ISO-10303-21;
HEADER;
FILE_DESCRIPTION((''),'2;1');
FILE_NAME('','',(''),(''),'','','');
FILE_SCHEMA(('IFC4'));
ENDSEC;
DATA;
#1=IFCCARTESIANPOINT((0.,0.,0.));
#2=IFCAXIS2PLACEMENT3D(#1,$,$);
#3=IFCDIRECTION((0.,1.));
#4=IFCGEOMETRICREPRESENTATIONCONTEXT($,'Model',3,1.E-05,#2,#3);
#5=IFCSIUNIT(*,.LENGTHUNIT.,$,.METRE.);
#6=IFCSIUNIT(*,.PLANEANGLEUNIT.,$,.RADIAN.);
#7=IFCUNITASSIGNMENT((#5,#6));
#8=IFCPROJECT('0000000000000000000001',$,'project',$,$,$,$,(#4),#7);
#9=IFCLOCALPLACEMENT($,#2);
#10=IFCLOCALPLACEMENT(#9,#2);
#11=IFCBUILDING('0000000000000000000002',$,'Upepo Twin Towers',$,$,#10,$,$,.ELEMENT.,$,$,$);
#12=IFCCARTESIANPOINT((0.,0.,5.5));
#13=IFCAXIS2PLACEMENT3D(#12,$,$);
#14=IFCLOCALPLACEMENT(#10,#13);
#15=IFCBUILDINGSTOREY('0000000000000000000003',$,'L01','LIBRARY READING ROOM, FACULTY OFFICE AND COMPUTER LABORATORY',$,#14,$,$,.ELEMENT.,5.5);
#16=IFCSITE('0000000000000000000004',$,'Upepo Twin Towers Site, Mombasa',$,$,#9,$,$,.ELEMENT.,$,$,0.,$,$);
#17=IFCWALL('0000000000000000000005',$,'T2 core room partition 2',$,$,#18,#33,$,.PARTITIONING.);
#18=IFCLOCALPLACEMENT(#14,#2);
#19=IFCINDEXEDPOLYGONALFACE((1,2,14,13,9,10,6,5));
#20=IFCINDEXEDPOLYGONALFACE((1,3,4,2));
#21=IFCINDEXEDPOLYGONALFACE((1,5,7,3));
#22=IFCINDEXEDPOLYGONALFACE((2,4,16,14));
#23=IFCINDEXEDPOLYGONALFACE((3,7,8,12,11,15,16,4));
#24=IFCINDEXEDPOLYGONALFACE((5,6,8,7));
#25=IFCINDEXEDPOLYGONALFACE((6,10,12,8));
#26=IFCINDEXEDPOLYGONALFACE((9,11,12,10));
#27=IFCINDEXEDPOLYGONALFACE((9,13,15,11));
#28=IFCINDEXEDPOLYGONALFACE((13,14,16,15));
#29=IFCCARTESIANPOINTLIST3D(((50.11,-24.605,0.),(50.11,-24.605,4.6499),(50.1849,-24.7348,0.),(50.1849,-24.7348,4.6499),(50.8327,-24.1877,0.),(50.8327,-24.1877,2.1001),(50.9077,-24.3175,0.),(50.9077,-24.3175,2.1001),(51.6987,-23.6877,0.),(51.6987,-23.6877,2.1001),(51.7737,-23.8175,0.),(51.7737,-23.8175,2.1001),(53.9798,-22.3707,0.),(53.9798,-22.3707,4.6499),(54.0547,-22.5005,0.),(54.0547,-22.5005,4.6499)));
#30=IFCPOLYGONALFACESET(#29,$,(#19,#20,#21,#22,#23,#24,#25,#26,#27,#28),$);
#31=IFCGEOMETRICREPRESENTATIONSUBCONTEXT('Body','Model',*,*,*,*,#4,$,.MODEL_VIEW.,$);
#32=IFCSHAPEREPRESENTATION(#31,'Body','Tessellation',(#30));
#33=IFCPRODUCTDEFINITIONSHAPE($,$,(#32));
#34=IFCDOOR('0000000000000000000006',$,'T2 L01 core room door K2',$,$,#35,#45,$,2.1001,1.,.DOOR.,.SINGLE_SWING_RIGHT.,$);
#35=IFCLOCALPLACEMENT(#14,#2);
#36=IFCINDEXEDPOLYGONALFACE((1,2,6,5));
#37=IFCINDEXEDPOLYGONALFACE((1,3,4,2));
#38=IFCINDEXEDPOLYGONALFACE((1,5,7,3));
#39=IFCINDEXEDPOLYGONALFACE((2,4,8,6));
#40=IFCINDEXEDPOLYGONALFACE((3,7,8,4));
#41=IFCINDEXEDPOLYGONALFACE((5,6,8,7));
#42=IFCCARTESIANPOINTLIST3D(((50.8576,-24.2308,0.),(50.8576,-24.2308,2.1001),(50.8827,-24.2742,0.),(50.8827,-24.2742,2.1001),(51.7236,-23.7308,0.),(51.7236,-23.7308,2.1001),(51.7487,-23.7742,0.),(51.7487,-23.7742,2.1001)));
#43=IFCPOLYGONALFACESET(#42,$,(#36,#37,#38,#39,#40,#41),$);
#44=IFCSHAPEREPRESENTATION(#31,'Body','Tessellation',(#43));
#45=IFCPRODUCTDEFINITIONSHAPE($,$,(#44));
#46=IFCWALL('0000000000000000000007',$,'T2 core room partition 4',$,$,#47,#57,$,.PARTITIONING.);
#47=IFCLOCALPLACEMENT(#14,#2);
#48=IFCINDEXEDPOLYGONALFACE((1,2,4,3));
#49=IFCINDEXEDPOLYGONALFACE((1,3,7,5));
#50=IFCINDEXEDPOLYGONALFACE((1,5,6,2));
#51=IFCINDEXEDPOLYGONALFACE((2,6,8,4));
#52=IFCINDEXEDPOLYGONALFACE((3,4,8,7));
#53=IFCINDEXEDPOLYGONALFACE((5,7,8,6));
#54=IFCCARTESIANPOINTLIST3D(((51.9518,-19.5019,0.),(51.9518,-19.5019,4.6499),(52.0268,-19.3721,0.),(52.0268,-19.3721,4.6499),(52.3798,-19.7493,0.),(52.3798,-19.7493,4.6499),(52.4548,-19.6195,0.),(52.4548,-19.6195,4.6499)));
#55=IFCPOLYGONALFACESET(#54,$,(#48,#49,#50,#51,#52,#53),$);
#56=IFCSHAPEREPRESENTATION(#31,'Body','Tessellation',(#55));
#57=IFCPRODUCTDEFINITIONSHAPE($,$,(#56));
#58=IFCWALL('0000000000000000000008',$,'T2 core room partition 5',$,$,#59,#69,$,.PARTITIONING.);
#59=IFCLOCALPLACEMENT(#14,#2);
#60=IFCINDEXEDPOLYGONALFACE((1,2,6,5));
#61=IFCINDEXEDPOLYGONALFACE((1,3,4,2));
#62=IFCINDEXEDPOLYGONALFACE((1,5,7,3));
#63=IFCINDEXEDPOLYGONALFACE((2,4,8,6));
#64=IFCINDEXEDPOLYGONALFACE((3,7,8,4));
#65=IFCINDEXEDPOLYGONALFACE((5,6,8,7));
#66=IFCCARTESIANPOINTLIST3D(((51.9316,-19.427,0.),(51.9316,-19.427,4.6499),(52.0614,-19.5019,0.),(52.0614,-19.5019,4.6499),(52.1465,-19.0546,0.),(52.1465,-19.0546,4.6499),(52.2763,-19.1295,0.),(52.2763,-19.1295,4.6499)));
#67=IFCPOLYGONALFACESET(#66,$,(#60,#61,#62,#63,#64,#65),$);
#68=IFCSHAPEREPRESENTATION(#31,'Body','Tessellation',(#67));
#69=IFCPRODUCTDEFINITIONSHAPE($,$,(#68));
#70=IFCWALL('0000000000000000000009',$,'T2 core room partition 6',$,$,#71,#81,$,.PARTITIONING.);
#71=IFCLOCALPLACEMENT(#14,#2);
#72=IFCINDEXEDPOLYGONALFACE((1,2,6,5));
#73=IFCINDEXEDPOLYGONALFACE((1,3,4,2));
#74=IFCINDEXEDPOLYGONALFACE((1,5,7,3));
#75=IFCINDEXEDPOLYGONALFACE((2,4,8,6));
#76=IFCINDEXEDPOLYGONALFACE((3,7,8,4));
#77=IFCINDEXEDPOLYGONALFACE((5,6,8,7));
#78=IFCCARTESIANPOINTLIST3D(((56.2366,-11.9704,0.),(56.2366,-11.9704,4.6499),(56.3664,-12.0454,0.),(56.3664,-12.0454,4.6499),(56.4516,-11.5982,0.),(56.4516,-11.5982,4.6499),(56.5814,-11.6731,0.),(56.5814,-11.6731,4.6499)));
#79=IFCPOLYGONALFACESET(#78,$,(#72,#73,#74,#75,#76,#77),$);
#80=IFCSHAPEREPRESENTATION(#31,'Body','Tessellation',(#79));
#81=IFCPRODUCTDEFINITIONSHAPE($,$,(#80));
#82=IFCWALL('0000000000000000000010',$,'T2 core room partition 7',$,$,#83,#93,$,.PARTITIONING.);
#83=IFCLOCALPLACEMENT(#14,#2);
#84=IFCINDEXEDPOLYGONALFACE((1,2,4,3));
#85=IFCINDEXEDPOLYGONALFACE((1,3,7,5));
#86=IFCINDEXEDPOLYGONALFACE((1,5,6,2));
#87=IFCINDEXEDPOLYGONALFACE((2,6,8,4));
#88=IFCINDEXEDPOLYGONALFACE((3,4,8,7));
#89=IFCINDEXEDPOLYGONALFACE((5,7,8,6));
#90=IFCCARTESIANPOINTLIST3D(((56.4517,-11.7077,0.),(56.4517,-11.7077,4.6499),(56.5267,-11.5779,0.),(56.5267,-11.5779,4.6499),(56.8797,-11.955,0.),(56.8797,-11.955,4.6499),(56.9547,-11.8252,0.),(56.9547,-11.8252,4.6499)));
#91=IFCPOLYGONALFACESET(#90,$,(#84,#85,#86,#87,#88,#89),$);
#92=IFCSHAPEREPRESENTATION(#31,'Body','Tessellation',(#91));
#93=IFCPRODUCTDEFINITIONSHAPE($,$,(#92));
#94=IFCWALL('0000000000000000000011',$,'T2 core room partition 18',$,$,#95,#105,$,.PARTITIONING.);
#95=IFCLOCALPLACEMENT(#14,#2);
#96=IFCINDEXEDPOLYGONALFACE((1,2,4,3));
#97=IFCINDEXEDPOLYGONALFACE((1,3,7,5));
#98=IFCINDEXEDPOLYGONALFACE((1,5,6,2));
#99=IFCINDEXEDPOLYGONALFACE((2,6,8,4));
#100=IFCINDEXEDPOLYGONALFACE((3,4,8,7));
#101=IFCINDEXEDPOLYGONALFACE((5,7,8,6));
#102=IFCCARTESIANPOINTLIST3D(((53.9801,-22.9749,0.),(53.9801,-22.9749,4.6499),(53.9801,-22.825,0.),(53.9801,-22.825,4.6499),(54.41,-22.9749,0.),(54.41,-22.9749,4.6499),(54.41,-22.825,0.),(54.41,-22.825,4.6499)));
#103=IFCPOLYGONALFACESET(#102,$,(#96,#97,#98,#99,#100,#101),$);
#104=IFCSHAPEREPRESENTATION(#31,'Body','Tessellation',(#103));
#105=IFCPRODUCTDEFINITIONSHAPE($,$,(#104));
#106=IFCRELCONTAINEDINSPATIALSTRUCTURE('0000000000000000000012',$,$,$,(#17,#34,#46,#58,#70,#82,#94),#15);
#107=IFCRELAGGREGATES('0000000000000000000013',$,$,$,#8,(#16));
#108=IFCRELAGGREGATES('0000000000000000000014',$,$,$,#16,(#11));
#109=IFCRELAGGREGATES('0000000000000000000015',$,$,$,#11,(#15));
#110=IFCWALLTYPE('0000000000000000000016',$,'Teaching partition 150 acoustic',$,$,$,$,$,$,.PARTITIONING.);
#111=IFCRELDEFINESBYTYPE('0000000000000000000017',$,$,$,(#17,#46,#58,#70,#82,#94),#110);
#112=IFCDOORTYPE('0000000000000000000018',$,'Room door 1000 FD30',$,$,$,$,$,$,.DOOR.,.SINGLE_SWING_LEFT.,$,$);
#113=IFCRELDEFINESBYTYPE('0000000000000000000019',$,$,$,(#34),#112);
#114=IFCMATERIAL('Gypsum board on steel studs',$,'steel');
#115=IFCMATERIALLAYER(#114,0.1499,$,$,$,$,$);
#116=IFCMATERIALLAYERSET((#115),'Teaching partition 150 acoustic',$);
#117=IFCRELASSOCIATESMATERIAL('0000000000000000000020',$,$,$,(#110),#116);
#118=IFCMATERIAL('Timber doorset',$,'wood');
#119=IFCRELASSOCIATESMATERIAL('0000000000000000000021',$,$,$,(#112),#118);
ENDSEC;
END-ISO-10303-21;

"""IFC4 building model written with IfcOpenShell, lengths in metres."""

from ifc_helpers import new_model, si_unit, direction, frame, frame_2d, origin, place, context, subcontext, project, spatial, rectangle, extrude, material, layer, layer_set, type_object, element, fill, save


model = new_model("IFC4")

# Units and contexts
model_context = context("Model", 3, precision=1e-05, world=origin(), true_north=direction((0.0, 1.0)))
body_context = subcontext(model_context, "Body", "Model", "MODEL_VIEW")
ifc_project = project(units=[si_unit("LENGTHUNIT", "METRE"), si_unit("PLANEANGLEUNIT", "RADIAN")], contexts=[model_context])

# Site, building, storey
site_placement = place(None, origin())
site = spatial("IfcSite", under=ifc_project, at=site_placement, Name="Upepo Twin Towers Site, Mombasa", CompositionType="ELEMENT", RefElevation=0.0)
building_placement = place(site_placement, origin())
building = spatial("IfcBuilding", under=site, at=building_placement, Name="Upepo Twin Towers", CompositionType="ELEMENT")
storey_placement = place(building_placement, frame((0.0, 0.0, 5.5)))
storey = spatial("IfcBuildingStorey", under=building, at=storey_placement, Name="L01", Description="LIBRARY READING ROOM, FACULTY OFFICE AND COMPUTER LABORATORY", CompositionType="ELEMENT", Elevation=5.5)

# Shared definitions
ifc_material_1 = material(Name="Gypsum board on steel studs", Category="steel")
ifc_layer_1 = layer(ifc_material_1, 0.1499)
ifc_layer_set_1 = layer_set([ifc_layer_1], Name="Teaching partition 150 acoustic")
wall_type_1 = type_object("IfcWallType", Name="Teaching partition 150 acoustic", PredefinedType="PARTITIONING", material=ifc_layer_set_1)

# Wall, opening, door
wall_1_placement = place(storey_placement, frame((54.0173, -22.4355, 0.0), z_axis=(0.0, 0.0, 1.0), x_axis=(-0.866015, -0.500017, 0.0)))
wall_1 = element("IfcWall", 1, at=wall_1_placement, inside=storey, type_object=wall_type_1, Name="T2 core room partition 2", PredefinedType="PARTITIONING", context=body_context, shape_type="SweptSolid", body=[
    extrude(rectangle(XDim=4.4685, YDim=0.1499, at=frame_2d((2.2344, 0.0))), origin(), (0.0, 0.0, 1.0), 4.6499),
])
opening_1_placement = place(wall_1_placement, frame((2.634, 0.0, 0.0)))
opening_1 = element("IfcOpeningElement", 2, at=opening_1_placement, cuts=wall_1, PredefinedType="OPENING", context=body_context, shape_type="SweptSolid", body=[
    extrude(rectangle(XDim=1.0, YDim=2.1001, at=frame_2d((0.5, 1.05))), frame((0.0, 0.085, 0.0), z_axis=(0.0, -1.0, 0.0), x_axis=(1.0, 0.0, 0.0)), (0.0, 0.0, 1.0), 0.1699),
])
ifc_material_2 = material(Name="Timber doorset", Category="wood")
door_type_1 = type_object("IfcDoorType", Name="Room door 1000 FD30", OperationType="SINGLE_SWING_LEFT", PredefinedType="DOOR", material=ifc_material_2)
door_1_placement = place(opening_1_placement, origin())
door_1 = element("IfcDoor", 3, at=door_1_placement, inside=storey, type_object=door_type_1, Name="T2 L01 core room door K2", OperationType="SINGLE_SWING_RIGHT", OverallHeight=2.1001, OverallWidth=1.0, PredefinedType="DOOR", context=body_context, shape_type="SweptSolid", body=[
    extrude(rectangle(XDim=1.0, YDim=2.1001, at=frame_2d((0.5, 1.05))), frame((0.0, 0.0249, 0.0), z_axis=(0.0, -1.0, 0.0), x_axis=(1.0, 0.0, 0.0)), (0.0, 0.0, 1.0), 0.05),
])
fill(opening_1, door_1)

# Walls
wall_2_placement = place(storey_placement, frame((52.4172, -19.6843, 0.0), z_axis=(0.0, 0.0, 1.0), x_axis=(-0.865832, 0.500335, 0.0)))
element("IfcWall", 4, at=wall_2_placement, inside=storey, type_object=wall_type_1, Name="T2 core room partition 4", PredefinedType="PARTITIONING", context=body_context, shape_type="SweptSolid", body=[
    extrude(rectangle(XDim=0.4944, YDim=0.1499, at=frame_2d((0.2471, 0.0))), origin(), (0.0, 0.0, 1.0), 4.6499),
])
for number, where, z_axis, x_axis, name in (
    (5, (51.9966, -19.4644, 0.0), (0.0, 0.0, 1.0), (0.499804, 0.866138, 0.0), "T2 core room partition 5"),
    (6, (56.3015, -12.0078, 0.0), (0.0, 0.0, 1.0), (0.50023, 0.865892, 0.0), "T2 core room partition 6"),
):
    element("IfcWall", number, at=place(storey_placement, frame(where, z_axis=z_axis, x_axis=x_axis)), inside=storey, type_object=wall_type_1, Name=name, PredefinedType="PARTITIONING", context=body_context, shape_type="SweptSolid", body=[
        extrude(rectangle(XDim=0.4299, YDim=0.1499, at=frame_2d((0.2148, 0.0))), origin(), (0.0, 0.0, 1.0), 4.6499),
    ])
wall_3_placement = place(storey_placement, frame((56.4893, -11.6428, 0.0), z_axis=(0.0, 0.0, 1.0), x_axis=(0.865832, -0.500335, 0.0)))
element("IfcWall", 7, at=wall_3_placement, inside=storey, type_object=wall_type_1, Name="T2 core room partition 7", PredefinedType="PARTITIONING", context=body_context, shape_type="SweptSolid", body=[
    extrude(rectangle(XDim=0.4944, YDim=0.1499, at=frame_2d((0.2471, 0.0))), origin(), (0.0, 0.0, 1.0), 4.6499),
])
wall_4_placement = place(storey_placement, frame((54.4099, -22.8999, 0.0), z_axis=(0.0, 0.0, 1.0), x_axis=(-1.0, 0.0, 0.0)))
element("IfcWall", 8, at=wall_4_placement, inside=storey, type_object=wall_type_1, Name="T2 core room partition 18", PredefinedType="PARTITIONING", context=body_context, shape_type="SweptSolid", body=[
    extrude(rectangle(XDim=0.4299, YDim=0.1499, at=frame_2d((0.2148, 0.0))), origin(), (0.0, 0.0, 1.0), 4.6499),
])

save(model, "model.ifc")
